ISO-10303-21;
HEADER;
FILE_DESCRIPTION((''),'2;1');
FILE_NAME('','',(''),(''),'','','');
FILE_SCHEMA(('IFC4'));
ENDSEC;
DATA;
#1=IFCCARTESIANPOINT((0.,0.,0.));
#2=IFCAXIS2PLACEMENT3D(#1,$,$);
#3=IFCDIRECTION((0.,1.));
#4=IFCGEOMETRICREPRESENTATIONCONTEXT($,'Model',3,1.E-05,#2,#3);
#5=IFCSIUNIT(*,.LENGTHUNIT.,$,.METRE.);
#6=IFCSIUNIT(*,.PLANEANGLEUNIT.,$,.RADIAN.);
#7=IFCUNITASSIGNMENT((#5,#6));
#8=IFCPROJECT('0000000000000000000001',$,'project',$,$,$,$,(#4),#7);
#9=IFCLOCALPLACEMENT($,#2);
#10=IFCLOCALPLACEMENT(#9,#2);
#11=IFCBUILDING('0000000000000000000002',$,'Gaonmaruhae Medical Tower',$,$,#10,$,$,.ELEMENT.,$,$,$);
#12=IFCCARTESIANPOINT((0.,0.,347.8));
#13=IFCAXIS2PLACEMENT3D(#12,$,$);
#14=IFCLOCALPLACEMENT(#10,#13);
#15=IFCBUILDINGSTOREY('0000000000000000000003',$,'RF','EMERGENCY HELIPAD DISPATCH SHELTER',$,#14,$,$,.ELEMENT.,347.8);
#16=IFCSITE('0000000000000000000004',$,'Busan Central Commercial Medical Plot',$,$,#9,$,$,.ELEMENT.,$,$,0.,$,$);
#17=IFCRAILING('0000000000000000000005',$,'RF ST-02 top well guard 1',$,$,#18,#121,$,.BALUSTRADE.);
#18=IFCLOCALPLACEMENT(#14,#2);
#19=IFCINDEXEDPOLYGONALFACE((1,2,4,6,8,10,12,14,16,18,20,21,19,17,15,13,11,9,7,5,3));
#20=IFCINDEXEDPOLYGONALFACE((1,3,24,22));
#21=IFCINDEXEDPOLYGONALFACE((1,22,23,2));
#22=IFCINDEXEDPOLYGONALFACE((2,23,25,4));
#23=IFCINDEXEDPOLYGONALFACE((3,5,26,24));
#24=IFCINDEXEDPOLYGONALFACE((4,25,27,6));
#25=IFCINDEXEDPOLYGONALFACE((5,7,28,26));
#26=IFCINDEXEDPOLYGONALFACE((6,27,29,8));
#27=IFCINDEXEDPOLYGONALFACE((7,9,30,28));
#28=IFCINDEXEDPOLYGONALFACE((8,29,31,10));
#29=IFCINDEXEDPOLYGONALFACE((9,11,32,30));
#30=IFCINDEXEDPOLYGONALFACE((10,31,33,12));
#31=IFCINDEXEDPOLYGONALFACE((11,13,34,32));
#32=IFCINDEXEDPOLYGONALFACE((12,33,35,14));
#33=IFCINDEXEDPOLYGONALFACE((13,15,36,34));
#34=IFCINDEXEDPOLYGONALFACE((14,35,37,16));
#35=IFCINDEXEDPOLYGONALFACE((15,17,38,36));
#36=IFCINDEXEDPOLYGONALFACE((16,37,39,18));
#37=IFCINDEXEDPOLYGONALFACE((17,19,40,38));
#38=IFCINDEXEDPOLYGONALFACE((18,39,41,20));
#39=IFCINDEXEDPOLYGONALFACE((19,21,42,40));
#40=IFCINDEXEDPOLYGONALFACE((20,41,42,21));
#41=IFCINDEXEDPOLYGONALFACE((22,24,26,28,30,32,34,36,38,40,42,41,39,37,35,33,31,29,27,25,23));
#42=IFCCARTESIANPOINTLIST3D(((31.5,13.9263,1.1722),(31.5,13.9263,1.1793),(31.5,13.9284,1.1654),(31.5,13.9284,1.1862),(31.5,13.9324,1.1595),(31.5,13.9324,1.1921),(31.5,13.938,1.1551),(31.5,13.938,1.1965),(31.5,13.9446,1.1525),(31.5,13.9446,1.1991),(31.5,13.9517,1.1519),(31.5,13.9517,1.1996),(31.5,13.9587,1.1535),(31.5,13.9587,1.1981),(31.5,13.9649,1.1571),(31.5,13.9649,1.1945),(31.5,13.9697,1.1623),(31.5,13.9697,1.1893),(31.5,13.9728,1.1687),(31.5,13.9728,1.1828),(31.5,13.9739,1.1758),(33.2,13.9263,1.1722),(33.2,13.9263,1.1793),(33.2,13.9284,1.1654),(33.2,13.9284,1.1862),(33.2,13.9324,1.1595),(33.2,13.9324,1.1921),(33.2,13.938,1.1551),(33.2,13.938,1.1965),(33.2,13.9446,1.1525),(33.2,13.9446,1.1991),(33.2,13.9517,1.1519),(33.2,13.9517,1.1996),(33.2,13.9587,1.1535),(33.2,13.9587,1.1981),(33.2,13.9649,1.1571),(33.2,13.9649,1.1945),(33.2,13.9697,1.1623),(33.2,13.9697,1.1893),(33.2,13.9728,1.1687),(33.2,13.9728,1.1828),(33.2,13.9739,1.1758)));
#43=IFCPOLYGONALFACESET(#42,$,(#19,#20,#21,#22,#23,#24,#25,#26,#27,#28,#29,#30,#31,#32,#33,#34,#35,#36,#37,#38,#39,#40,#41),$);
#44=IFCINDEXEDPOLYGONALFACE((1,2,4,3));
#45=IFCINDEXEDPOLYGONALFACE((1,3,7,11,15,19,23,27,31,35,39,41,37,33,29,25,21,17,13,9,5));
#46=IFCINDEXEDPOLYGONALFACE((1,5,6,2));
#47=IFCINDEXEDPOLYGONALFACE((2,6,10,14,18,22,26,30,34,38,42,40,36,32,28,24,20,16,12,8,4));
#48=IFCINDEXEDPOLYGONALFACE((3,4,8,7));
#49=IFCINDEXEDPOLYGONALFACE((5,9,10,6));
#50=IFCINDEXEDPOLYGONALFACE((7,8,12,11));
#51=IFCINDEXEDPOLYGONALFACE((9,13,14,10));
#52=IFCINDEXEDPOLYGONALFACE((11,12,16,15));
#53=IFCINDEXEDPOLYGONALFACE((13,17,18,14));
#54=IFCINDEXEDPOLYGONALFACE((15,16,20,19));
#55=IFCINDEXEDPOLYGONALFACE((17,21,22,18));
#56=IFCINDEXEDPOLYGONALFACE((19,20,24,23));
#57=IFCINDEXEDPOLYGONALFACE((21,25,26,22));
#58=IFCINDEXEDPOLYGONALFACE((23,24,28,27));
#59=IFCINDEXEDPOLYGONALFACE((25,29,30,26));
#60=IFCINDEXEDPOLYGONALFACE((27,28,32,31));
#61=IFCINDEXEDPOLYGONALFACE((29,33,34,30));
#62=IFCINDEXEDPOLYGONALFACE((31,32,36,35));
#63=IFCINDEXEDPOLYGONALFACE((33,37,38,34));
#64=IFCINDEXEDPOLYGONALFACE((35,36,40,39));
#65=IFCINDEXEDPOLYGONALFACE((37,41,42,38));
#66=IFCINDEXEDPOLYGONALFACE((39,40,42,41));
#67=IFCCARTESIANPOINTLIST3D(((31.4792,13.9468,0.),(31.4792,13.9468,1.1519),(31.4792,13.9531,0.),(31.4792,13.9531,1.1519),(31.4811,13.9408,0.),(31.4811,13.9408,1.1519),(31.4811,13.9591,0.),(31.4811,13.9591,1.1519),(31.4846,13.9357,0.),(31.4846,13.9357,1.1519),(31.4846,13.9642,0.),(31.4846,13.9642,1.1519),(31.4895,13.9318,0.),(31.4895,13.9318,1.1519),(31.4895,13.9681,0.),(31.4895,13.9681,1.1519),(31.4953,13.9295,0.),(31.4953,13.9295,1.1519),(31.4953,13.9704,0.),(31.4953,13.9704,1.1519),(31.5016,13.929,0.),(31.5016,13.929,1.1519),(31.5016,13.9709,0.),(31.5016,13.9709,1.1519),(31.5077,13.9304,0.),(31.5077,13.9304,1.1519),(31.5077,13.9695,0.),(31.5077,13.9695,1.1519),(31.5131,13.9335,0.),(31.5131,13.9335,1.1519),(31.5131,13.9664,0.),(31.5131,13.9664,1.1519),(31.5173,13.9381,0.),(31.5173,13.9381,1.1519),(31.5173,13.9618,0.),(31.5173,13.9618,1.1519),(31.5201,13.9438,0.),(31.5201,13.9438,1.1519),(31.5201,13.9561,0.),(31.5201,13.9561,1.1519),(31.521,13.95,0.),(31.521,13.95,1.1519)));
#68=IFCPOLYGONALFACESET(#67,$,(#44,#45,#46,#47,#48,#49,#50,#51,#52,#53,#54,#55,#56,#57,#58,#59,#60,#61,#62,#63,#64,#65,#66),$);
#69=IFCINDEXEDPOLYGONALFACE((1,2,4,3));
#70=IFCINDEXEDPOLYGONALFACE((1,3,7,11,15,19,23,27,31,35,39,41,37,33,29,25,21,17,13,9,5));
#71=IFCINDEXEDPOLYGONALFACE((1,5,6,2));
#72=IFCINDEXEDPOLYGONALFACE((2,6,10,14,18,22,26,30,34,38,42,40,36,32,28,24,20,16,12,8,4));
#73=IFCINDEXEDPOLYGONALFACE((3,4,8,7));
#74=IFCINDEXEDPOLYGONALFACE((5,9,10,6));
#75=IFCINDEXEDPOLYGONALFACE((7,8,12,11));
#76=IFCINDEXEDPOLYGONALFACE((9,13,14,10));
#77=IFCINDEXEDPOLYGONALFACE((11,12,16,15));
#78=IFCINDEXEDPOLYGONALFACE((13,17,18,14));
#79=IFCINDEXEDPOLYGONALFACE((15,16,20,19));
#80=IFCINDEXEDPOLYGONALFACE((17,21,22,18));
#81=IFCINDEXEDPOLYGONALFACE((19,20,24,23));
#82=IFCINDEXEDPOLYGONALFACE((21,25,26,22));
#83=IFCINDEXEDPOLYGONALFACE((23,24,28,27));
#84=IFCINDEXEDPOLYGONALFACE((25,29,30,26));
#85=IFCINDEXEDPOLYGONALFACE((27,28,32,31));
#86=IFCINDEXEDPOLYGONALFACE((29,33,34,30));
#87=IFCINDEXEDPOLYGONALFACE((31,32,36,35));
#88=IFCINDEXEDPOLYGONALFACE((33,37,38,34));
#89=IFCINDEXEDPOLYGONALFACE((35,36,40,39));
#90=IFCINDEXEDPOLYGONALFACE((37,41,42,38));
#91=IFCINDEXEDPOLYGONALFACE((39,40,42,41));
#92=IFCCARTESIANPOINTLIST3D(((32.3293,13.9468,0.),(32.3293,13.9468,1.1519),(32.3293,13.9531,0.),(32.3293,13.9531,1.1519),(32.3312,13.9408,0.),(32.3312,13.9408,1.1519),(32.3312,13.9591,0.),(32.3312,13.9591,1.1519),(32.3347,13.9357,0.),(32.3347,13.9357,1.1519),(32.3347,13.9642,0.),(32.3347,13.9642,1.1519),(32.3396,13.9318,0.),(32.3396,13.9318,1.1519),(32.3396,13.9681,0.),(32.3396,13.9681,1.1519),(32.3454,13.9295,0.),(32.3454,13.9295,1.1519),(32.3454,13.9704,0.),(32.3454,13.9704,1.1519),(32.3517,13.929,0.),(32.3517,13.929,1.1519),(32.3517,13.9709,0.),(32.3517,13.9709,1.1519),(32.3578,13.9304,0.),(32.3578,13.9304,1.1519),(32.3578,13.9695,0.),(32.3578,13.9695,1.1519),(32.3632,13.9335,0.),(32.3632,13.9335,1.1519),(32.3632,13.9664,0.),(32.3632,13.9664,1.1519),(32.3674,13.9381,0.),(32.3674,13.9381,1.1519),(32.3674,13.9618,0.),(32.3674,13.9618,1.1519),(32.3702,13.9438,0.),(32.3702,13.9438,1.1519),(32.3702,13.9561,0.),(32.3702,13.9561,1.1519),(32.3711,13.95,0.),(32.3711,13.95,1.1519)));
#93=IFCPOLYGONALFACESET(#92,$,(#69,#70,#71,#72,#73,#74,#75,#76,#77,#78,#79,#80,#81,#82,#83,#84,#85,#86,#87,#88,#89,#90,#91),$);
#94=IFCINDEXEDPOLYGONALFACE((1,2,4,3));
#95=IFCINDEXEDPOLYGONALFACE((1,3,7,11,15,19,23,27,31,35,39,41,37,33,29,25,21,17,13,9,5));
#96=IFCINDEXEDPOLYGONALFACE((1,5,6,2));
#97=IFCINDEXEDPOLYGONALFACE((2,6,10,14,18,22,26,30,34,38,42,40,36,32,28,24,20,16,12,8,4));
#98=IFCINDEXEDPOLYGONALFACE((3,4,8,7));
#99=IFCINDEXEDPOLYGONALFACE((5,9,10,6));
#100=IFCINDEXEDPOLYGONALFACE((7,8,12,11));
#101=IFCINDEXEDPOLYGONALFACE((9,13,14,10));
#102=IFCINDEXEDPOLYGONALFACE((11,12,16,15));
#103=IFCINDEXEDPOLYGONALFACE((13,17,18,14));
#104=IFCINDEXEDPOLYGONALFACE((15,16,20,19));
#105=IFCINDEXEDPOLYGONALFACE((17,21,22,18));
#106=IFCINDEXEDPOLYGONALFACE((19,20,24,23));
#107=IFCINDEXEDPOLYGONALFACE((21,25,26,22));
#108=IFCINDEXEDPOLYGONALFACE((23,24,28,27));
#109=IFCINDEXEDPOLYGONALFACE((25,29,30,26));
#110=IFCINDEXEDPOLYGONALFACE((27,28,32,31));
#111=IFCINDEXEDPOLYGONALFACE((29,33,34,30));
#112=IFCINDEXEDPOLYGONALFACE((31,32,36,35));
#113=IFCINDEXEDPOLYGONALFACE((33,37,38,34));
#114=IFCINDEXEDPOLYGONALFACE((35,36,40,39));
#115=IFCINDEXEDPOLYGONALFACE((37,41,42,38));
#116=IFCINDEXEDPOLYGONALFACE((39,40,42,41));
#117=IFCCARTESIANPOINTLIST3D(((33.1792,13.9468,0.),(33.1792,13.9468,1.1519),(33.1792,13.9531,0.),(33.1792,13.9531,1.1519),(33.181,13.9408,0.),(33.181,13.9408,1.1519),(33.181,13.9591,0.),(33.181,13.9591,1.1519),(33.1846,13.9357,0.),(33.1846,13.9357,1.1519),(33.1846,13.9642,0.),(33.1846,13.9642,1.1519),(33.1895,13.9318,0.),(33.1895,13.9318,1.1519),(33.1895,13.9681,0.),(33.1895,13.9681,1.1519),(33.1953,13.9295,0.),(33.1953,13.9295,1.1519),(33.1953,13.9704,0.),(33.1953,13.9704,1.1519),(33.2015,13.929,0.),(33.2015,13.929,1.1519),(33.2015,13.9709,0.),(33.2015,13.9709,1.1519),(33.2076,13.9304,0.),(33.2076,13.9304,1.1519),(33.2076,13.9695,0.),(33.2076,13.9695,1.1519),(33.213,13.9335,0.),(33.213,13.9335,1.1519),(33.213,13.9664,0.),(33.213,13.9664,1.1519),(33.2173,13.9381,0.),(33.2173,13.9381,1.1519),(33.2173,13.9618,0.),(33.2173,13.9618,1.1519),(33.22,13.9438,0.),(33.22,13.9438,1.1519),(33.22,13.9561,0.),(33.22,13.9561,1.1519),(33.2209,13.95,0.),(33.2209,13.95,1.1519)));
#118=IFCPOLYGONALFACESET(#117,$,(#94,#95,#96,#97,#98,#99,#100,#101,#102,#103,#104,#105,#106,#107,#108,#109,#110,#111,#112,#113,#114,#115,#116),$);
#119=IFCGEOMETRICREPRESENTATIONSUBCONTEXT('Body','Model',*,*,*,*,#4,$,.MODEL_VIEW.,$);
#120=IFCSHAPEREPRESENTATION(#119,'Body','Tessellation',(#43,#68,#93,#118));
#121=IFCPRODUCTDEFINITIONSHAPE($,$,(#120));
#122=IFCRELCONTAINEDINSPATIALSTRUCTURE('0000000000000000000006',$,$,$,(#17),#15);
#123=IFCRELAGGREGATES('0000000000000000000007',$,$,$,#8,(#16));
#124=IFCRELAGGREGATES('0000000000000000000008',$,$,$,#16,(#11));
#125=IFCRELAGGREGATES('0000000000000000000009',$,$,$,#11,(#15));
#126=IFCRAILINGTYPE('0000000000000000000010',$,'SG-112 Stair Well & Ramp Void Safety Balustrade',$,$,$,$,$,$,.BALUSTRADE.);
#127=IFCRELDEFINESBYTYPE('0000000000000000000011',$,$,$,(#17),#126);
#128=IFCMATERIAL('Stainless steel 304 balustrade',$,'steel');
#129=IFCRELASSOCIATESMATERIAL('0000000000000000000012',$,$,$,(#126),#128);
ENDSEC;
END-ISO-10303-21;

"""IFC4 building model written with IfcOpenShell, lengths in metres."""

from ifc_helpers import new_model, si_unit, direction, frame, origin, origin_2d, place, context, subcontext, project, spatial, circle, extrude, material, type_object, element, save


model = new_model("IFC4")

# Units and contexts
model_context = context("Model", 3, precision=1e-05, world=origin(), true_north=direction((0.0, 1.0)))
body_context = subcontext(model_context, "Body", "Model", "MODEL_VIEW")
ifc_project = project(units=[si_unit("LENGTHUNIT", "METRE"), si_unit("PLANEANGLEUNIT", "RADIAN")], contexts=[model_context])

# Site, building, storey
site_placement = place(None, origin())
site = spatial("IfcSite", under=ifc_project, at=site_placement, Name="Busan Central Commercial Medical Plot", CompositionType="ELEMENT", RefElevation=0.0)
building_placement = place(site_placement, origin())
building = spatial("IfcBuilding", under=site, at=building_placement, Name="Gaonmaruhae Medical Tower", CompositionType="ELEMENT")
storey_placement = place(building_placement, frame((0.0, 0.0, 347.8)))
storey = spatial("IfcBuildingStorey", under=building, at=storey_placement, Name="RF", Description="EMERGENCY HELIPAD DISPATCH SHELTER", CompositionType="ELEMENT", Elevation=347.8)

# Railing
ifc_material_1 = material(Name="Stainless steel 304 balustrade", Category="steel")
railing_type = type_object("IfcRailingType", Name="SG-112 Stair Well & Ramp Void Safety Balustrade", PredefinedType="BALUSTRADE", material=ifc_material_1)
railing_1_placement = place(storey_placement, frame((31.5, 13.95, 0.0)))
element("IfcRailing", 1, at=railing_1_placement, inside=storey, type_object=railing_type, Name="RF ST-02 top well guard 1", PredefinedType="BALUSTRADE", context=body_context, shape_type="SweptSolid", body=[
    extrude(circle(Radius=0.0239, at=origin_2d()), frame((0.0, 0.0, 1.1758), z_axis=(1.0, 0.0, 0.0), x_axis=(0.0, 1.0, 0.0)), (0.0, 0.0, 1.0), 1.7),
    extrude(circle(Radius=0.021, at=origin_2d()), origin(), (0.0, 0.0, 1.0), 1.1519),
    extrude(circle(Radius=0.021, at=origin_2d()), frame((0.8501, 0.0, 0.0)), (0.0, 0.0, 1.0), 1.1519),
    extrude(circle(Radius=0.021, at=origin_2d()), frame((1.7, 0.0, 0.0)), (0.0, 0.0, 1.0), 1.1519),
])

save(model, "model.ifc")
